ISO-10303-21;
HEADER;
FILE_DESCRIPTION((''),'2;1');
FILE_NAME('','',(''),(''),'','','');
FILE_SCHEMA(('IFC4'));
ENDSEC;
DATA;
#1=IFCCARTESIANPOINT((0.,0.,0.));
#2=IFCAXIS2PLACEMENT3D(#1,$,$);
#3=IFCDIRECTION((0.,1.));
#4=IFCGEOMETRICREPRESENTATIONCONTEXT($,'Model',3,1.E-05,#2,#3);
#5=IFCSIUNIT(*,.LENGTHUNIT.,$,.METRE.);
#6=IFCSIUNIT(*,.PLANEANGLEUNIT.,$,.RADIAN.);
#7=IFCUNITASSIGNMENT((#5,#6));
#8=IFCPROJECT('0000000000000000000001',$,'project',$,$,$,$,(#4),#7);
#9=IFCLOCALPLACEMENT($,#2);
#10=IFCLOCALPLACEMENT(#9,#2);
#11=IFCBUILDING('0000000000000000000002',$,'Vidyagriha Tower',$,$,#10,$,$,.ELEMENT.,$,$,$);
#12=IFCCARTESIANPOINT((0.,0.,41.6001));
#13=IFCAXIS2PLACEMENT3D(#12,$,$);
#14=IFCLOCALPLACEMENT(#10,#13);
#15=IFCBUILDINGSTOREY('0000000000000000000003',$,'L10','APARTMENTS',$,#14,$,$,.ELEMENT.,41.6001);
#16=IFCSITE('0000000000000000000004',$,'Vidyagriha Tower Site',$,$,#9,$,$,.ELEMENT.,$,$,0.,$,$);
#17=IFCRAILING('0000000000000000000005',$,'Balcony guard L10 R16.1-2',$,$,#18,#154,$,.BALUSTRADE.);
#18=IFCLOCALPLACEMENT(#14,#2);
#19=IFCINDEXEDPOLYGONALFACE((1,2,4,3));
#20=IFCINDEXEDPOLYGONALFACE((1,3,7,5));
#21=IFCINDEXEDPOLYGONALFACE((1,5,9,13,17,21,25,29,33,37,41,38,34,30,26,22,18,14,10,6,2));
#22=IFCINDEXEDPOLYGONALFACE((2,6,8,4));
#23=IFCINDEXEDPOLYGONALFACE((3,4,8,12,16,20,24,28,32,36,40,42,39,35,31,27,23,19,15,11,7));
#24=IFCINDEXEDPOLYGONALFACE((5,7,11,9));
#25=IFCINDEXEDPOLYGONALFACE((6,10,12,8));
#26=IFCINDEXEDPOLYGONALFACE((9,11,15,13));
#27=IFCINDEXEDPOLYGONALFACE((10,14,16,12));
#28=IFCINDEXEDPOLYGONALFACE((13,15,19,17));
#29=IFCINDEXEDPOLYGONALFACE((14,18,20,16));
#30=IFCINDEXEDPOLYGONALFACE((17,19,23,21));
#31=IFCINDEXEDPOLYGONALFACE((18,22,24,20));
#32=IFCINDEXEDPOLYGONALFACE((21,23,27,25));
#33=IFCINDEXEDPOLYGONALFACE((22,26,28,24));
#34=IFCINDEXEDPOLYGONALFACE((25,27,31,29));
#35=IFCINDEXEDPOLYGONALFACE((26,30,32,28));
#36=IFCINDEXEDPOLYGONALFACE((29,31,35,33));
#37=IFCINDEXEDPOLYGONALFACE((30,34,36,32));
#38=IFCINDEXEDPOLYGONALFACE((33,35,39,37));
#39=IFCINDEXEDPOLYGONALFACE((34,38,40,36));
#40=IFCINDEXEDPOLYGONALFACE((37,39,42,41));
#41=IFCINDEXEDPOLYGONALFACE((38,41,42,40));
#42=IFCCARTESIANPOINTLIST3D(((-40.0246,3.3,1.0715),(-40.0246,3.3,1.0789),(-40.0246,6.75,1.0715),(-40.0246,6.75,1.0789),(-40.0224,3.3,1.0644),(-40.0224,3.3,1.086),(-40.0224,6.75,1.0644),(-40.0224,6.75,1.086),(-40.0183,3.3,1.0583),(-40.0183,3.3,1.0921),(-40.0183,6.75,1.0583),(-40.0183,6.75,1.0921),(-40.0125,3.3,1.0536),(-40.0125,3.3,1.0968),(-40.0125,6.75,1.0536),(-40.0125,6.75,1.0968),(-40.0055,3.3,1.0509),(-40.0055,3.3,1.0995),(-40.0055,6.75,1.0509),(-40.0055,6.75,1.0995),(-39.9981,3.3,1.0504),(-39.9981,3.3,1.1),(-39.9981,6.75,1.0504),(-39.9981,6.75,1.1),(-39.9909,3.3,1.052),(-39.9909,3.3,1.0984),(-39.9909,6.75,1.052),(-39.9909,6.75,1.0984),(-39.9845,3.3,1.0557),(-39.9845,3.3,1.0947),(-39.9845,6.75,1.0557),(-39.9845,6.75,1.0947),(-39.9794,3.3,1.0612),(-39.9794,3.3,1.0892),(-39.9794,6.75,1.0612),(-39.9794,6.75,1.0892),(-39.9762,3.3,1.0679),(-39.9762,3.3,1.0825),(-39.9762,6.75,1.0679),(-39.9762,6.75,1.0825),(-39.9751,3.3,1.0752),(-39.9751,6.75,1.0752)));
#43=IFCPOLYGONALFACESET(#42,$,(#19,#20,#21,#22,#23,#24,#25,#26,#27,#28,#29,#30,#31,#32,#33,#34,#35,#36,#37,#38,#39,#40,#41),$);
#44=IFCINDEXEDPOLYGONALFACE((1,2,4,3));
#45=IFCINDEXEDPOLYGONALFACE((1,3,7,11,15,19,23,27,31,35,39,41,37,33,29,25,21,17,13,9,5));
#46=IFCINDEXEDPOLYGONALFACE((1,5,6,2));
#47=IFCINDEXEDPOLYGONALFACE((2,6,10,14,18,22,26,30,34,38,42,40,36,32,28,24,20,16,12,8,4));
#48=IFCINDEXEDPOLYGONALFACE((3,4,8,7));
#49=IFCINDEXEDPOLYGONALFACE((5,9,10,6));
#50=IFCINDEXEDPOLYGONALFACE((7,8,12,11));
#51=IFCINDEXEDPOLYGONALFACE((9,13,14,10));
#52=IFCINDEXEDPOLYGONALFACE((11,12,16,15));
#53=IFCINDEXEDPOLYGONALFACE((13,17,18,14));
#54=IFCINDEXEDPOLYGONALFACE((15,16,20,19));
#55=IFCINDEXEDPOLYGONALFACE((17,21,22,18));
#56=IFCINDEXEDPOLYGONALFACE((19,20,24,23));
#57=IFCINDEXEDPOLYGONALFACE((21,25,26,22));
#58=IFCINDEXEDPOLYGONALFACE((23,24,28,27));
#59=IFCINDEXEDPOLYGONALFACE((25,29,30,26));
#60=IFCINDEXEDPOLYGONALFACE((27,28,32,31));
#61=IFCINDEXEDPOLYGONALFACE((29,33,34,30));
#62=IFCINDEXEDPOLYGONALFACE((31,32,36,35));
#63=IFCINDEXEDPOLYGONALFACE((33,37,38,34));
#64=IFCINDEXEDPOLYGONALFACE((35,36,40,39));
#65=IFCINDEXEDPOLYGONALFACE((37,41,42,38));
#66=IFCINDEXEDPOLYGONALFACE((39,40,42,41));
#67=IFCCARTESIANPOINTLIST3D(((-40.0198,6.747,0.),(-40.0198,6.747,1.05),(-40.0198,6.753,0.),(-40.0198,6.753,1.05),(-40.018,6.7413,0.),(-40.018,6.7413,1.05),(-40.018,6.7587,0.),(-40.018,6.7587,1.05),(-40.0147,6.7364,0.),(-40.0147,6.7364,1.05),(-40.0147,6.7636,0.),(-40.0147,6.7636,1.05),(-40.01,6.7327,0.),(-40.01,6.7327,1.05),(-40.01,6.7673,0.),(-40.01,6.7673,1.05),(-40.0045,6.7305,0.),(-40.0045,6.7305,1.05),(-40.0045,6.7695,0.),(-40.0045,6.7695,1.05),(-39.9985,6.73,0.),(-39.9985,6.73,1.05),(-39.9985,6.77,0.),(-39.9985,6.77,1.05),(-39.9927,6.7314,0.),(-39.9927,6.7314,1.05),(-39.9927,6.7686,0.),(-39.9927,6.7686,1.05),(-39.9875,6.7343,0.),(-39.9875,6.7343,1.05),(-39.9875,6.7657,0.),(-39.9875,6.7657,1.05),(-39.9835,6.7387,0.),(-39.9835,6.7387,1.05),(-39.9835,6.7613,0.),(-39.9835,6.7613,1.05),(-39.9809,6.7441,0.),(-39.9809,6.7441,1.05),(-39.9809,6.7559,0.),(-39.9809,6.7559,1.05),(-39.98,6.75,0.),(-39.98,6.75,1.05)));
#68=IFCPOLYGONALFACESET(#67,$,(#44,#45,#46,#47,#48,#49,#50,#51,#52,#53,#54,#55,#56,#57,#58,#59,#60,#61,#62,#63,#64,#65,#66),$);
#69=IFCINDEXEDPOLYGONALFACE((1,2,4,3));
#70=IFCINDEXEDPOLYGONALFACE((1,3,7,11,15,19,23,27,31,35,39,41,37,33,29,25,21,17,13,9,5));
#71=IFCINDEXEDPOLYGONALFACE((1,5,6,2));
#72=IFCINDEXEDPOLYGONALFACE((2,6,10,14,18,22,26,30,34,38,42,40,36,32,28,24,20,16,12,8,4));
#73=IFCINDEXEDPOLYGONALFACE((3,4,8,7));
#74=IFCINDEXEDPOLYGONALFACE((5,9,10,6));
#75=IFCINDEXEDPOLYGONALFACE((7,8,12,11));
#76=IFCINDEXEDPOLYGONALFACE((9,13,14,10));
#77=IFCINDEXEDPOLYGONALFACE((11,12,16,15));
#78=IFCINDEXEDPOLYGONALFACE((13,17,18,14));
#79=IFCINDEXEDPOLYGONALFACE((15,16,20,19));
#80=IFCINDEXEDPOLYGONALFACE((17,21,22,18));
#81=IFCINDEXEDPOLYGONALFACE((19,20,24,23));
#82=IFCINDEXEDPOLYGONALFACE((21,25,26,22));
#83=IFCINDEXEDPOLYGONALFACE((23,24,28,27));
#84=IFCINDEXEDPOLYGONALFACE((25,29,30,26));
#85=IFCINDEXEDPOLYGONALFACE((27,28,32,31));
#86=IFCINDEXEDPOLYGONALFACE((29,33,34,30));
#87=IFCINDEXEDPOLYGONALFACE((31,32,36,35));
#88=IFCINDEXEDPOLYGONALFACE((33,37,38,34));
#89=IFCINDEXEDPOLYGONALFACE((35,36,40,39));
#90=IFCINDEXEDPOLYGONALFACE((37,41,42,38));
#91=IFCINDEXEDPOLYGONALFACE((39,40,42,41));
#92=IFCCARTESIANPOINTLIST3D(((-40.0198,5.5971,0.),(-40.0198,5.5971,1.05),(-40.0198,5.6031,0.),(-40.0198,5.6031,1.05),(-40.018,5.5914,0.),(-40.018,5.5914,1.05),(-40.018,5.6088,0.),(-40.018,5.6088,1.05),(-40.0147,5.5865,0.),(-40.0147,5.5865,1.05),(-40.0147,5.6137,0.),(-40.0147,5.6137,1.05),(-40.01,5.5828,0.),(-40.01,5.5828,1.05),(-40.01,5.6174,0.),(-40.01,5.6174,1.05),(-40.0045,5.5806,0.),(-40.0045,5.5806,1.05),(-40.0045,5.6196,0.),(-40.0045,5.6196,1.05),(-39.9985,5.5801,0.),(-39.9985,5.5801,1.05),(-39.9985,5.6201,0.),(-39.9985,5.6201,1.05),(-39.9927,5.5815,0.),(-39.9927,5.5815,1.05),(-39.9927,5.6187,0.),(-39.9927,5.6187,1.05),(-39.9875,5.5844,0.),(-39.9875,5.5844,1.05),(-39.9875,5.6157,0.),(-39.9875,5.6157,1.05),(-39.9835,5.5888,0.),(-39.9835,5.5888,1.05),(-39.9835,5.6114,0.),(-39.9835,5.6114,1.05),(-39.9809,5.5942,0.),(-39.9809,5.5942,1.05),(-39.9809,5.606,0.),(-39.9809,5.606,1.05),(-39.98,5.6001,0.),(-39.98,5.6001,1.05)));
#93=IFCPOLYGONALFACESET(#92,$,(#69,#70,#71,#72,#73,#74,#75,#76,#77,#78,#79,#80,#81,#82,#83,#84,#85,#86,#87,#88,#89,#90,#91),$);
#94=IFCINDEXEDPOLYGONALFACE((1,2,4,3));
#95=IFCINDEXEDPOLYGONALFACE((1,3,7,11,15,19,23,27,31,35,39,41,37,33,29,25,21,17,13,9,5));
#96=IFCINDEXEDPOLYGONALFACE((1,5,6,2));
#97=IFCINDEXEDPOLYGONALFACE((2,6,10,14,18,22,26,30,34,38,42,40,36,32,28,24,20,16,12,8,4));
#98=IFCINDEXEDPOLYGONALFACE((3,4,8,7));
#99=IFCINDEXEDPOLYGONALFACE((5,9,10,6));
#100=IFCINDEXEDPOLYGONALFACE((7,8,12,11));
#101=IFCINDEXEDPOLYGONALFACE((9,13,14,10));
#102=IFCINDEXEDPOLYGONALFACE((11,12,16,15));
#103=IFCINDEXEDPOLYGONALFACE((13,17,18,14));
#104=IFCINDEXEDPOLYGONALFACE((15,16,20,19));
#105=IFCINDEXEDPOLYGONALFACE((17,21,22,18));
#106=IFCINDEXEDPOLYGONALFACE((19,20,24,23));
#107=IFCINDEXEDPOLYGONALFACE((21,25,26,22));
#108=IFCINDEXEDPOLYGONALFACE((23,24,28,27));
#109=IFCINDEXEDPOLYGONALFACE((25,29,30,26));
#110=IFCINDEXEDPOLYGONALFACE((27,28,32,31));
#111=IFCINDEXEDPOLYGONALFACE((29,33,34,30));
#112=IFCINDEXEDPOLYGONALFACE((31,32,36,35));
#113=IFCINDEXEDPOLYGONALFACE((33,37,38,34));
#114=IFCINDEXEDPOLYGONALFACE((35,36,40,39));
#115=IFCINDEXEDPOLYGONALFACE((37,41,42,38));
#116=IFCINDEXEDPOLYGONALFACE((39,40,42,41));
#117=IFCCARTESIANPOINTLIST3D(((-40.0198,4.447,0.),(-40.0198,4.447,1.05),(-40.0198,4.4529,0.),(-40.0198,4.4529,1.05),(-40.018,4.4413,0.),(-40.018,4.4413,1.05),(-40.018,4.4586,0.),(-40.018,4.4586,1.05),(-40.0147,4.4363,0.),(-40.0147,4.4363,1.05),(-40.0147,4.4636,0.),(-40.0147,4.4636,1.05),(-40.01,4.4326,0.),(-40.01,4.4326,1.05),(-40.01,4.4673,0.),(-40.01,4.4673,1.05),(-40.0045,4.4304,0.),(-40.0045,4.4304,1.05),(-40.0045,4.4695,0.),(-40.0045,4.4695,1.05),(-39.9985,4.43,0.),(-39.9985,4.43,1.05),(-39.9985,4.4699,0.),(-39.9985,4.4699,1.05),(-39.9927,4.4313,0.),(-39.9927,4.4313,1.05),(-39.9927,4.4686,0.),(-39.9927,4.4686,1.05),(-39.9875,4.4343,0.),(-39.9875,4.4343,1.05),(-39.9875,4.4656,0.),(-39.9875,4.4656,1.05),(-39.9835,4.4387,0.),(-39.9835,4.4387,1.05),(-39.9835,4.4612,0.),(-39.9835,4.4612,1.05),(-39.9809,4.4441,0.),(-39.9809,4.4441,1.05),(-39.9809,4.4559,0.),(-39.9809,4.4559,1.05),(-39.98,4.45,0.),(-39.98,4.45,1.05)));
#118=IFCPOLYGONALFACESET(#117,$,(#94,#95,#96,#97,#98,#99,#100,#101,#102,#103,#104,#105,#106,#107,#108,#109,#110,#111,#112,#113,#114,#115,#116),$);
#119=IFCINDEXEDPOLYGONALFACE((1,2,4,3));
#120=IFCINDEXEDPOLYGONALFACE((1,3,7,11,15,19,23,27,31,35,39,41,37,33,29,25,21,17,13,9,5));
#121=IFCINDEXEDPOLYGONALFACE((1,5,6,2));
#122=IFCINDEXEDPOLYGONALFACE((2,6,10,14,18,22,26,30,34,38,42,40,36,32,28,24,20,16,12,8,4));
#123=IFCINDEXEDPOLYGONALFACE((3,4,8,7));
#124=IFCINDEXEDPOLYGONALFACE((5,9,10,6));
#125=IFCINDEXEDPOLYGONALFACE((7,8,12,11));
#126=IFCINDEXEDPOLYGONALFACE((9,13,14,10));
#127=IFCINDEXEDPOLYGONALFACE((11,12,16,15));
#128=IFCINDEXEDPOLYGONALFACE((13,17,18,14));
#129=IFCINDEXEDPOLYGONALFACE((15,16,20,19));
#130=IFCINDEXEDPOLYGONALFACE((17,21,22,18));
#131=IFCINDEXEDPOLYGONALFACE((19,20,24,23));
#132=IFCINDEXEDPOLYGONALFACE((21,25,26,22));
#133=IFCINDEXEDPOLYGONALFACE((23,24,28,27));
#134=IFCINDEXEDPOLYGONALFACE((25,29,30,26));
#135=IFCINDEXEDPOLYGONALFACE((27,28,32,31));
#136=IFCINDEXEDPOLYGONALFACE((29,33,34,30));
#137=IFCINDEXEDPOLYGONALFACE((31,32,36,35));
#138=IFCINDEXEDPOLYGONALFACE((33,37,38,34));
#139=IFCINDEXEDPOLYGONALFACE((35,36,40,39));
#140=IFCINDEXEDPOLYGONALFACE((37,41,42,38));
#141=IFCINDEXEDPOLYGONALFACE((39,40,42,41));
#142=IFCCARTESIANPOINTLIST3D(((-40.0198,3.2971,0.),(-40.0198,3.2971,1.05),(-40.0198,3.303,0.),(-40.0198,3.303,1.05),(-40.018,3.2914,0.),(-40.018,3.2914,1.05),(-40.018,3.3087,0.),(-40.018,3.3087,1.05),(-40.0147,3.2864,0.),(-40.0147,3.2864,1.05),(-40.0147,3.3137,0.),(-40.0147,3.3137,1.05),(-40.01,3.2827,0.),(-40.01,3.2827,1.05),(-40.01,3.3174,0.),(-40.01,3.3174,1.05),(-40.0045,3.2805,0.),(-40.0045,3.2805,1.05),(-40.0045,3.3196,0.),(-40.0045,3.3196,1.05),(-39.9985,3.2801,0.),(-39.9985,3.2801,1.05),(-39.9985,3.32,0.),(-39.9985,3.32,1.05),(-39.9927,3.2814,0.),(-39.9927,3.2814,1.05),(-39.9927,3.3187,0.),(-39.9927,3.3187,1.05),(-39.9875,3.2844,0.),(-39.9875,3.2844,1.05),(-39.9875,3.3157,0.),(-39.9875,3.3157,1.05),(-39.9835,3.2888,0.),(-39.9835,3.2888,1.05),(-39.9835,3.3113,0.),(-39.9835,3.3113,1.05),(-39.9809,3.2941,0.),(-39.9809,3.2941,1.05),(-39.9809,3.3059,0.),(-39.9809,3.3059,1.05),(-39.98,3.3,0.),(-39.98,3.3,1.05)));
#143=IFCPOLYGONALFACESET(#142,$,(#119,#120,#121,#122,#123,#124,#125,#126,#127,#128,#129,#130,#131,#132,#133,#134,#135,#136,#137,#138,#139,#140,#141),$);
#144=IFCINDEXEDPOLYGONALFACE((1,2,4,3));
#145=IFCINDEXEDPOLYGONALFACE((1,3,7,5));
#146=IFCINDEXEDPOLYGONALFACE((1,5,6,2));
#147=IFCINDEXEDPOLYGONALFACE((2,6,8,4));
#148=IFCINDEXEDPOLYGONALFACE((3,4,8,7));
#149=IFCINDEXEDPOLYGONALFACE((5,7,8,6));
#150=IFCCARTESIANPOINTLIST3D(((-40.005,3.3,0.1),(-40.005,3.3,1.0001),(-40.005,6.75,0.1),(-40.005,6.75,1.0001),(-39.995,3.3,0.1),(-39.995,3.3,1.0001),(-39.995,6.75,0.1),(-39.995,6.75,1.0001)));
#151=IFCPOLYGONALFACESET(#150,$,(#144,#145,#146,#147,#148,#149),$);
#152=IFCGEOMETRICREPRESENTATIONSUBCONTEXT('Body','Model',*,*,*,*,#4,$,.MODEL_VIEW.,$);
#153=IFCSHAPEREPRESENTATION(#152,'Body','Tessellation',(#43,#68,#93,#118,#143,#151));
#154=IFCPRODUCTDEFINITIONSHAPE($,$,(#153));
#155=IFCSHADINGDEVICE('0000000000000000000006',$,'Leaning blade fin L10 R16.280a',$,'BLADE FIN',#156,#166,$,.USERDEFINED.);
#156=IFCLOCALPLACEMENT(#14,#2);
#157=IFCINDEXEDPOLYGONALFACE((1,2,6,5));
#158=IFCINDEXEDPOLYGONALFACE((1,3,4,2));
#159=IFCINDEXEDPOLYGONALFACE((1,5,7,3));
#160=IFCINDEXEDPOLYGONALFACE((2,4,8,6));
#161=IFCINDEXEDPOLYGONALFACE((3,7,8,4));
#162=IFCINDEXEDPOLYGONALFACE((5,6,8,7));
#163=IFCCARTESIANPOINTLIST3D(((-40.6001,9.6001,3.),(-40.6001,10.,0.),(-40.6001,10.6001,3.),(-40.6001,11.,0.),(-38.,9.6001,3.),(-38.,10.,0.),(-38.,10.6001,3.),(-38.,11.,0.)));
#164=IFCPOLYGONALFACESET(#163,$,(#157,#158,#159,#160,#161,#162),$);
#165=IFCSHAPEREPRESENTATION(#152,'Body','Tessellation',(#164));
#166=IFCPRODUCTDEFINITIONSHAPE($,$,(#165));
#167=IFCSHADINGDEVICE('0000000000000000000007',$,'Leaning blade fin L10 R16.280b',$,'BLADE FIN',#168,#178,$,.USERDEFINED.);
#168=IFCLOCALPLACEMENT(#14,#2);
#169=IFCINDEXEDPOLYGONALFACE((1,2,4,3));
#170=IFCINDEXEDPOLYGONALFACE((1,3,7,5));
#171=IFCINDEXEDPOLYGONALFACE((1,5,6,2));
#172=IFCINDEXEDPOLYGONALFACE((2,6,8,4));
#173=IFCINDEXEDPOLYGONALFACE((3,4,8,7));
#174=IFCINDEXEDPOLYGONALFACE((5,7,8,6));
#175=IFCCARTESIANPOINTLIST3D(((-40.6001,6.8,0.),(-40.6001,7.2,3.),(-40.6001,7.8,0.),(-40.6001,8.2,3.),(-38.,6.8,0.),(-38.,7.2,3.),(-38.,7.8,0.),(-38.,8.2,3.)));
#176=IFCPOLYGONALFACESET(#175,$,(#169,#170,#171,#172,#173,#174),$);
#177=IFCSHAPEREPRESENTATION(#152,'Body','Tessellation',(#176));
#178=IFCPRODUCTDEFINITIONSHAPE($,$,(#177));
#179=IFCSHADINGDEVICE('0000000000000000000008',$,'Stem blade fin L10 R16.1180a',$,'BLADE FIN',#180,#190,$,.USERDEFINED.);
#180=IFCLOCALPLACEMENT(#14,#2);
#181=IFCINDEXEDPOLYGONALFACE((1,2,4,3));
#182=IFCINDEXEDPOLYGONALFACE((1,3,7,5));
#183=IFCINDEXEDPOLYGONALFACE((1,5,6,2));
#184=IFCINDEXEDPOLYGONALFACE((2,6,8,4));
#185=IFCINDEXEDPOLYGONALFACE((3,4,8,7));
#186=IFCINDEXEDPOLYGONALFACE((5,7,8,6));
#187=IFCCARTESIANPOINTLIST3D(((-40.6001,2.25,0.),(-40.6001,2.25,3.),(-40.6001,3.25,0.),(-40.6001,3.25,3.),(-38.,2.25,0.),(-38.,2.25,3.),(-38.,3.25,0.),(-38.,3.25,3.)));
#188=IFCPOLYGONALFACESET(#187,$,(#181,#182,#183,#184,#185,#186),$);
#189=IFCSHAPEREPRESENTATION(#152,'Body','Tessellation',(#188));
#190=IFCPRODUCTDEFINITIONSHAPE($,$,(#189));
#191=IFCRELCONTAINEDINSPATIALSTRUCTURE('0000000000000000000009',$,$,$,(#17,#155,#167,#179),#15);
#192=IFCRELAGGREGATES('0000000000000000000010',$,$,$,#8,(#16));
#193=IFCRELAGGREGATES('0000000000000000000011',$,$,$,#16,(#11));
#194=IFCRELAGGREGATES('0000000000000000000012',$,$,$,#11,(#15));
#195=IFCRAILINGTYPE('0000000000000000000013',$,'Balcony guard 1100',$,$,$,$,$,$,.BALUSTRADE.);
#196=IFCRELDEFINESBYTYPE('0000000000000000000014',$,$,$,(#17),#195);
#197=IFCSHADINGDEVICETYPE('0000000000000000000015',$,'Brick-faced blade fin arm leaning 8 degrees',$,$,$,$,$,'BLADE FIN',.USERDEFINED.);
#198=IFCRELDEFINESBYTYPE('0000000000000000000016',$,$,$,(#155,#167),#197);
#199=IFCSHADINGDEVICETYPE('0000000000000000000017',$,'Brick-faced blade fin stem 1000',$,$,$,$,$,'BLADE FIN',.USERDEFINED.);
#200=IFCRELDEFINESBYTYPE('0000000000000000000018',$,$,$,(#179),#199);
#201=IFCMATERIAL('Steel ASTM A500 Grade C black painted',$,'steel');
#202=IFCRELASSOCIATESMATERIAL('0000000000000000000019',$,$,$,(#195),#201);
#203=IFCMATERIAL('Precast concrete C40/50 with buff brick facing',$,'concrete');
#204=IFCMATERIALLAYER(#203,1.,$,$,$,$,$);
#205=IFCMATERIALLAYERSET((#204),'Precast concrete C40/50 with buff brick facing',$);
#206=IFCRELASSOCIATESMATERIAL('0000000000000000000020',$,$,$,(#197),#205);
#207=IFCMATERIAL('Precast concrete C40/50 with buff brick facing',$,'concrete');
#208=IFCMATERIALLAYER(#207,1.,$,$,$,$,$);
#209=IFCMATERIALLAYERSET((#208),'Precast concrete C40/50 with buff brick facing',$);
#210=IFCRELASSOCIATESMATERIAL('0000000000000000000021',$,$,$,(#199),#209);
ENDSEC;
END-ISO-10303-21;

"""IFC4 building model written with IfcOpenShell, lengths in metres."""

from ifc_helpers import new_model, si_unit, direction, frame, origin, origin_2d, place, context, subcontext, project, spatial, polyline, rectangle, circle, outline, extrude, material, layer, layer_set, type_object, element, save


model = new_model("IFC4")

# Units and contexts
model_context = context("Model", 3, precision=1e-05, world=origin(), true_north=direction((0.0, 1.0)))
body_context = subcontext(model_context, "Body", "Model", "MODEL_VIEW")
ifc_project = project(units=[si_unit("LENGTHUNIT", "METRE"), si_unit("PLANEANGLEUNIT", "RADIAN")], contexts=[model_context])

# Site, building, storey
site_placement = place(None, origin())
site = spatial("IfcSite", under=ifc_project, at=site_placement, Name="Vidyagriha Tower Site", CompositionType="ELEMENT", RefElevation=0.0)
building_placement = place(site_placement, origin())
building = spatial("IfcBuilding", under=site, at=building_placement, Name="Vidyagriha Tower", CompositionType="ELEMENT")
storey_placement = place(building_placement, frame((0.0, 0.0, 41.6001)))
storey = spatial("IfcBuildingStorey", under=building, at=storey_placement, Name="L10", Description="APARTMENTS", CompositionType="ELEMENT", Elevation=41.6001)

# Railing
ifc_material_1 = material(Name="Steel ASTM A500 Grade C black painted", Category="steel")
railing_type_1 = type_object("IfcRailingType", Name="Balcony guard 1100", PredefinedType="BALUSTRADE", material=ifc_material_1)
railing_1_placement = place(storey_placement, frame((-40.0, 6.75, 0.0)))
element("IfcRailing", 1, at=railing_1_placement, inside=storey, type_object=railing_type_1, Name="Balcony guard L10 R16.1-2", PredefinedType="BALUSTRADE", context=body_context, shape_type="SweptSolid", body=[
    extrude(circle(Radius=0.0249, at=origin_2d()), frame((0.0, 0.0, 1.0752), z_axis=(0.0, -1.0, 0.0), x_axis=(1.0, 0.0, 0.0)), (0.0, 0.0, 1.0), 3.45),
    extrude(circle(Radius=0.02, at=origin_2d()), origin(), (0.0, 0.0, 1.0), 1.05),
    extrude(circle(Radius=0.02, at=origin_2d()), frame((0.0, -1.1499, 0.0)), (0.0, 0.0, 1.0), 1.05),
    extrude(circle(Radius=0.02, at=origin_2d()), frame((0.0, -2.3, 0.0)), (0.0, 0.0, 1.0), 1.05),
    extrude(circle(Radius=0.02, at=origin_2d()), frame((0.0, -3.45, 0.0)), (0.0, 0.0, 1.0), 1.05),
    extrude(rectangle(XDim=0.01, YDim=0.9001, at=origin_2d()), frame((0.0, 0.0, 0.55), z_axis=(0.0, -1.0, 0.0), x_axis=(1.0, 0.0, 0.0)), (0.0, 0.0, 1.0), 3.45),
])

# Shading devices
ifc_material_2 = material(Name="Precast concrete C40/50 with buff brick facing", Category="concrete")
ifc_layer_1 = layer(ifc_material_2, 1.0)
ifc_layer_set_1 = layer_set([ifc_layer_1], Name="Precast concrete C40/50 with buff brick facing")
shading_device_type_1 = type_object("IfcShadingDeviceType", Name="Brick-faced blade fin arm leaning 8 degrees", ElementType="BLADE FIN", PredefinedType="USERDEFINED", material=ifc_layer_set_1)
shading_device_1_placement = place(storey_placement, frame((-39.3, 11.0, 0.0), z_axis=(0.0, 0.0, 1.0), x_axis=(0.0, -1.0, 0.0)))
element("IfcShadingDevice", 2, at=shading_device_1_placement, inside=storey, type_object=shading_device_type_1, Name="Leaning blade fin L10 R16.280a", ObjectType="BLADE FIN", PredefinedType="USERDEFINED", context=body_context, shape_type="SweptSolid", body=[
    extrude(outline(polyline([(0.0, 0.0), (1.0, 0.0), (1.3999, 3.0), (0.3999, 3.0), (0.0, 0.0)])), frame((0.0, 1.3, 0.0), z_axis=(0.0, -1.0, 0.0), x_axis=(1.0, 0.0, 0.0)), (0.0, 0.0, 1.0), 2.6001),
])
shading_device_2_placement = place(storey_placement, frame((-39.3, 8.2, 0.0), z_axis=(0.0, 0.0, 1.0), x_axis=(0.0, -1.0, 0.0)))
element("IfcShadingDevice", 3, at=shading_device_2_placement, inside=storey, type_object=shading_device_type_1, Name="Leaning blade fin L10 R16.280b", ObjectType="BLADE FIN", PredefinedType="USERDEFINED", context=body_context, shape_type="SweptSolid", body=[
    extrude(outline(polyline([(0.3999, 0.0), (1.3999, 0.0), (1.0, 3.0), (0.0, 3.0), (0.3999, 0.0)])), frame((0.0, 1.3, 0.0), z_axis=(0.0, -1.0, 0.0), x_axis=(1.0, 0.0, 0.0)), (0.0, 0.0, 1.0), 2.6001),
])
ifc_material_3 = material(Name="Precast concrete C40/50 with buff brick facing", Category="concrete")
ifc_layer_2 = layer(ifc_material_3, 1.0)
ifc_layer_set_2 = layer_set([ifc_layer_2], Name="Precast concrete C40/50 with buff brick facing")
shading_device_type_2 = type_object("IfcShadingDeviceType", Name="Brick-faced blade fin stem 1000", ElementType="BLADE FIN", PredefinedType="USERDEFINED", material=ifc_layer_set_2)
shading_device_3_placement = place(storey_placement, frame((-39.3, 3.25, 0.0), z_axis=(0.0, 0.0, 1.0), x_axis=(0.0, -1.0, 0.0)))
element("IfcShadingDevice", 4, at=shading_device_3_placement, inside=storey, type_object=shading_device_type_2, Name="Stem blade fin L10 R16.1180a", ObjectType="BLADE FIN", PredefinedType="USERDEFINED", context=body_context, shape_type="SweptSolid", body=[
    extrude(outline(polyline([(0.0, 0.0), (1.0, 0.0), (1.0, 3.0), (0.0, 3.0), (0.0, 0.0)])), frame((0.0, 1.3, 0.0), z_axis=(0.0, -1.0, 0.0), x_axis=(1.0, 0.0, 0.0)), (0.0, 0.0, 1.0), 2.6001),
])

save(model, "model.ifc")
